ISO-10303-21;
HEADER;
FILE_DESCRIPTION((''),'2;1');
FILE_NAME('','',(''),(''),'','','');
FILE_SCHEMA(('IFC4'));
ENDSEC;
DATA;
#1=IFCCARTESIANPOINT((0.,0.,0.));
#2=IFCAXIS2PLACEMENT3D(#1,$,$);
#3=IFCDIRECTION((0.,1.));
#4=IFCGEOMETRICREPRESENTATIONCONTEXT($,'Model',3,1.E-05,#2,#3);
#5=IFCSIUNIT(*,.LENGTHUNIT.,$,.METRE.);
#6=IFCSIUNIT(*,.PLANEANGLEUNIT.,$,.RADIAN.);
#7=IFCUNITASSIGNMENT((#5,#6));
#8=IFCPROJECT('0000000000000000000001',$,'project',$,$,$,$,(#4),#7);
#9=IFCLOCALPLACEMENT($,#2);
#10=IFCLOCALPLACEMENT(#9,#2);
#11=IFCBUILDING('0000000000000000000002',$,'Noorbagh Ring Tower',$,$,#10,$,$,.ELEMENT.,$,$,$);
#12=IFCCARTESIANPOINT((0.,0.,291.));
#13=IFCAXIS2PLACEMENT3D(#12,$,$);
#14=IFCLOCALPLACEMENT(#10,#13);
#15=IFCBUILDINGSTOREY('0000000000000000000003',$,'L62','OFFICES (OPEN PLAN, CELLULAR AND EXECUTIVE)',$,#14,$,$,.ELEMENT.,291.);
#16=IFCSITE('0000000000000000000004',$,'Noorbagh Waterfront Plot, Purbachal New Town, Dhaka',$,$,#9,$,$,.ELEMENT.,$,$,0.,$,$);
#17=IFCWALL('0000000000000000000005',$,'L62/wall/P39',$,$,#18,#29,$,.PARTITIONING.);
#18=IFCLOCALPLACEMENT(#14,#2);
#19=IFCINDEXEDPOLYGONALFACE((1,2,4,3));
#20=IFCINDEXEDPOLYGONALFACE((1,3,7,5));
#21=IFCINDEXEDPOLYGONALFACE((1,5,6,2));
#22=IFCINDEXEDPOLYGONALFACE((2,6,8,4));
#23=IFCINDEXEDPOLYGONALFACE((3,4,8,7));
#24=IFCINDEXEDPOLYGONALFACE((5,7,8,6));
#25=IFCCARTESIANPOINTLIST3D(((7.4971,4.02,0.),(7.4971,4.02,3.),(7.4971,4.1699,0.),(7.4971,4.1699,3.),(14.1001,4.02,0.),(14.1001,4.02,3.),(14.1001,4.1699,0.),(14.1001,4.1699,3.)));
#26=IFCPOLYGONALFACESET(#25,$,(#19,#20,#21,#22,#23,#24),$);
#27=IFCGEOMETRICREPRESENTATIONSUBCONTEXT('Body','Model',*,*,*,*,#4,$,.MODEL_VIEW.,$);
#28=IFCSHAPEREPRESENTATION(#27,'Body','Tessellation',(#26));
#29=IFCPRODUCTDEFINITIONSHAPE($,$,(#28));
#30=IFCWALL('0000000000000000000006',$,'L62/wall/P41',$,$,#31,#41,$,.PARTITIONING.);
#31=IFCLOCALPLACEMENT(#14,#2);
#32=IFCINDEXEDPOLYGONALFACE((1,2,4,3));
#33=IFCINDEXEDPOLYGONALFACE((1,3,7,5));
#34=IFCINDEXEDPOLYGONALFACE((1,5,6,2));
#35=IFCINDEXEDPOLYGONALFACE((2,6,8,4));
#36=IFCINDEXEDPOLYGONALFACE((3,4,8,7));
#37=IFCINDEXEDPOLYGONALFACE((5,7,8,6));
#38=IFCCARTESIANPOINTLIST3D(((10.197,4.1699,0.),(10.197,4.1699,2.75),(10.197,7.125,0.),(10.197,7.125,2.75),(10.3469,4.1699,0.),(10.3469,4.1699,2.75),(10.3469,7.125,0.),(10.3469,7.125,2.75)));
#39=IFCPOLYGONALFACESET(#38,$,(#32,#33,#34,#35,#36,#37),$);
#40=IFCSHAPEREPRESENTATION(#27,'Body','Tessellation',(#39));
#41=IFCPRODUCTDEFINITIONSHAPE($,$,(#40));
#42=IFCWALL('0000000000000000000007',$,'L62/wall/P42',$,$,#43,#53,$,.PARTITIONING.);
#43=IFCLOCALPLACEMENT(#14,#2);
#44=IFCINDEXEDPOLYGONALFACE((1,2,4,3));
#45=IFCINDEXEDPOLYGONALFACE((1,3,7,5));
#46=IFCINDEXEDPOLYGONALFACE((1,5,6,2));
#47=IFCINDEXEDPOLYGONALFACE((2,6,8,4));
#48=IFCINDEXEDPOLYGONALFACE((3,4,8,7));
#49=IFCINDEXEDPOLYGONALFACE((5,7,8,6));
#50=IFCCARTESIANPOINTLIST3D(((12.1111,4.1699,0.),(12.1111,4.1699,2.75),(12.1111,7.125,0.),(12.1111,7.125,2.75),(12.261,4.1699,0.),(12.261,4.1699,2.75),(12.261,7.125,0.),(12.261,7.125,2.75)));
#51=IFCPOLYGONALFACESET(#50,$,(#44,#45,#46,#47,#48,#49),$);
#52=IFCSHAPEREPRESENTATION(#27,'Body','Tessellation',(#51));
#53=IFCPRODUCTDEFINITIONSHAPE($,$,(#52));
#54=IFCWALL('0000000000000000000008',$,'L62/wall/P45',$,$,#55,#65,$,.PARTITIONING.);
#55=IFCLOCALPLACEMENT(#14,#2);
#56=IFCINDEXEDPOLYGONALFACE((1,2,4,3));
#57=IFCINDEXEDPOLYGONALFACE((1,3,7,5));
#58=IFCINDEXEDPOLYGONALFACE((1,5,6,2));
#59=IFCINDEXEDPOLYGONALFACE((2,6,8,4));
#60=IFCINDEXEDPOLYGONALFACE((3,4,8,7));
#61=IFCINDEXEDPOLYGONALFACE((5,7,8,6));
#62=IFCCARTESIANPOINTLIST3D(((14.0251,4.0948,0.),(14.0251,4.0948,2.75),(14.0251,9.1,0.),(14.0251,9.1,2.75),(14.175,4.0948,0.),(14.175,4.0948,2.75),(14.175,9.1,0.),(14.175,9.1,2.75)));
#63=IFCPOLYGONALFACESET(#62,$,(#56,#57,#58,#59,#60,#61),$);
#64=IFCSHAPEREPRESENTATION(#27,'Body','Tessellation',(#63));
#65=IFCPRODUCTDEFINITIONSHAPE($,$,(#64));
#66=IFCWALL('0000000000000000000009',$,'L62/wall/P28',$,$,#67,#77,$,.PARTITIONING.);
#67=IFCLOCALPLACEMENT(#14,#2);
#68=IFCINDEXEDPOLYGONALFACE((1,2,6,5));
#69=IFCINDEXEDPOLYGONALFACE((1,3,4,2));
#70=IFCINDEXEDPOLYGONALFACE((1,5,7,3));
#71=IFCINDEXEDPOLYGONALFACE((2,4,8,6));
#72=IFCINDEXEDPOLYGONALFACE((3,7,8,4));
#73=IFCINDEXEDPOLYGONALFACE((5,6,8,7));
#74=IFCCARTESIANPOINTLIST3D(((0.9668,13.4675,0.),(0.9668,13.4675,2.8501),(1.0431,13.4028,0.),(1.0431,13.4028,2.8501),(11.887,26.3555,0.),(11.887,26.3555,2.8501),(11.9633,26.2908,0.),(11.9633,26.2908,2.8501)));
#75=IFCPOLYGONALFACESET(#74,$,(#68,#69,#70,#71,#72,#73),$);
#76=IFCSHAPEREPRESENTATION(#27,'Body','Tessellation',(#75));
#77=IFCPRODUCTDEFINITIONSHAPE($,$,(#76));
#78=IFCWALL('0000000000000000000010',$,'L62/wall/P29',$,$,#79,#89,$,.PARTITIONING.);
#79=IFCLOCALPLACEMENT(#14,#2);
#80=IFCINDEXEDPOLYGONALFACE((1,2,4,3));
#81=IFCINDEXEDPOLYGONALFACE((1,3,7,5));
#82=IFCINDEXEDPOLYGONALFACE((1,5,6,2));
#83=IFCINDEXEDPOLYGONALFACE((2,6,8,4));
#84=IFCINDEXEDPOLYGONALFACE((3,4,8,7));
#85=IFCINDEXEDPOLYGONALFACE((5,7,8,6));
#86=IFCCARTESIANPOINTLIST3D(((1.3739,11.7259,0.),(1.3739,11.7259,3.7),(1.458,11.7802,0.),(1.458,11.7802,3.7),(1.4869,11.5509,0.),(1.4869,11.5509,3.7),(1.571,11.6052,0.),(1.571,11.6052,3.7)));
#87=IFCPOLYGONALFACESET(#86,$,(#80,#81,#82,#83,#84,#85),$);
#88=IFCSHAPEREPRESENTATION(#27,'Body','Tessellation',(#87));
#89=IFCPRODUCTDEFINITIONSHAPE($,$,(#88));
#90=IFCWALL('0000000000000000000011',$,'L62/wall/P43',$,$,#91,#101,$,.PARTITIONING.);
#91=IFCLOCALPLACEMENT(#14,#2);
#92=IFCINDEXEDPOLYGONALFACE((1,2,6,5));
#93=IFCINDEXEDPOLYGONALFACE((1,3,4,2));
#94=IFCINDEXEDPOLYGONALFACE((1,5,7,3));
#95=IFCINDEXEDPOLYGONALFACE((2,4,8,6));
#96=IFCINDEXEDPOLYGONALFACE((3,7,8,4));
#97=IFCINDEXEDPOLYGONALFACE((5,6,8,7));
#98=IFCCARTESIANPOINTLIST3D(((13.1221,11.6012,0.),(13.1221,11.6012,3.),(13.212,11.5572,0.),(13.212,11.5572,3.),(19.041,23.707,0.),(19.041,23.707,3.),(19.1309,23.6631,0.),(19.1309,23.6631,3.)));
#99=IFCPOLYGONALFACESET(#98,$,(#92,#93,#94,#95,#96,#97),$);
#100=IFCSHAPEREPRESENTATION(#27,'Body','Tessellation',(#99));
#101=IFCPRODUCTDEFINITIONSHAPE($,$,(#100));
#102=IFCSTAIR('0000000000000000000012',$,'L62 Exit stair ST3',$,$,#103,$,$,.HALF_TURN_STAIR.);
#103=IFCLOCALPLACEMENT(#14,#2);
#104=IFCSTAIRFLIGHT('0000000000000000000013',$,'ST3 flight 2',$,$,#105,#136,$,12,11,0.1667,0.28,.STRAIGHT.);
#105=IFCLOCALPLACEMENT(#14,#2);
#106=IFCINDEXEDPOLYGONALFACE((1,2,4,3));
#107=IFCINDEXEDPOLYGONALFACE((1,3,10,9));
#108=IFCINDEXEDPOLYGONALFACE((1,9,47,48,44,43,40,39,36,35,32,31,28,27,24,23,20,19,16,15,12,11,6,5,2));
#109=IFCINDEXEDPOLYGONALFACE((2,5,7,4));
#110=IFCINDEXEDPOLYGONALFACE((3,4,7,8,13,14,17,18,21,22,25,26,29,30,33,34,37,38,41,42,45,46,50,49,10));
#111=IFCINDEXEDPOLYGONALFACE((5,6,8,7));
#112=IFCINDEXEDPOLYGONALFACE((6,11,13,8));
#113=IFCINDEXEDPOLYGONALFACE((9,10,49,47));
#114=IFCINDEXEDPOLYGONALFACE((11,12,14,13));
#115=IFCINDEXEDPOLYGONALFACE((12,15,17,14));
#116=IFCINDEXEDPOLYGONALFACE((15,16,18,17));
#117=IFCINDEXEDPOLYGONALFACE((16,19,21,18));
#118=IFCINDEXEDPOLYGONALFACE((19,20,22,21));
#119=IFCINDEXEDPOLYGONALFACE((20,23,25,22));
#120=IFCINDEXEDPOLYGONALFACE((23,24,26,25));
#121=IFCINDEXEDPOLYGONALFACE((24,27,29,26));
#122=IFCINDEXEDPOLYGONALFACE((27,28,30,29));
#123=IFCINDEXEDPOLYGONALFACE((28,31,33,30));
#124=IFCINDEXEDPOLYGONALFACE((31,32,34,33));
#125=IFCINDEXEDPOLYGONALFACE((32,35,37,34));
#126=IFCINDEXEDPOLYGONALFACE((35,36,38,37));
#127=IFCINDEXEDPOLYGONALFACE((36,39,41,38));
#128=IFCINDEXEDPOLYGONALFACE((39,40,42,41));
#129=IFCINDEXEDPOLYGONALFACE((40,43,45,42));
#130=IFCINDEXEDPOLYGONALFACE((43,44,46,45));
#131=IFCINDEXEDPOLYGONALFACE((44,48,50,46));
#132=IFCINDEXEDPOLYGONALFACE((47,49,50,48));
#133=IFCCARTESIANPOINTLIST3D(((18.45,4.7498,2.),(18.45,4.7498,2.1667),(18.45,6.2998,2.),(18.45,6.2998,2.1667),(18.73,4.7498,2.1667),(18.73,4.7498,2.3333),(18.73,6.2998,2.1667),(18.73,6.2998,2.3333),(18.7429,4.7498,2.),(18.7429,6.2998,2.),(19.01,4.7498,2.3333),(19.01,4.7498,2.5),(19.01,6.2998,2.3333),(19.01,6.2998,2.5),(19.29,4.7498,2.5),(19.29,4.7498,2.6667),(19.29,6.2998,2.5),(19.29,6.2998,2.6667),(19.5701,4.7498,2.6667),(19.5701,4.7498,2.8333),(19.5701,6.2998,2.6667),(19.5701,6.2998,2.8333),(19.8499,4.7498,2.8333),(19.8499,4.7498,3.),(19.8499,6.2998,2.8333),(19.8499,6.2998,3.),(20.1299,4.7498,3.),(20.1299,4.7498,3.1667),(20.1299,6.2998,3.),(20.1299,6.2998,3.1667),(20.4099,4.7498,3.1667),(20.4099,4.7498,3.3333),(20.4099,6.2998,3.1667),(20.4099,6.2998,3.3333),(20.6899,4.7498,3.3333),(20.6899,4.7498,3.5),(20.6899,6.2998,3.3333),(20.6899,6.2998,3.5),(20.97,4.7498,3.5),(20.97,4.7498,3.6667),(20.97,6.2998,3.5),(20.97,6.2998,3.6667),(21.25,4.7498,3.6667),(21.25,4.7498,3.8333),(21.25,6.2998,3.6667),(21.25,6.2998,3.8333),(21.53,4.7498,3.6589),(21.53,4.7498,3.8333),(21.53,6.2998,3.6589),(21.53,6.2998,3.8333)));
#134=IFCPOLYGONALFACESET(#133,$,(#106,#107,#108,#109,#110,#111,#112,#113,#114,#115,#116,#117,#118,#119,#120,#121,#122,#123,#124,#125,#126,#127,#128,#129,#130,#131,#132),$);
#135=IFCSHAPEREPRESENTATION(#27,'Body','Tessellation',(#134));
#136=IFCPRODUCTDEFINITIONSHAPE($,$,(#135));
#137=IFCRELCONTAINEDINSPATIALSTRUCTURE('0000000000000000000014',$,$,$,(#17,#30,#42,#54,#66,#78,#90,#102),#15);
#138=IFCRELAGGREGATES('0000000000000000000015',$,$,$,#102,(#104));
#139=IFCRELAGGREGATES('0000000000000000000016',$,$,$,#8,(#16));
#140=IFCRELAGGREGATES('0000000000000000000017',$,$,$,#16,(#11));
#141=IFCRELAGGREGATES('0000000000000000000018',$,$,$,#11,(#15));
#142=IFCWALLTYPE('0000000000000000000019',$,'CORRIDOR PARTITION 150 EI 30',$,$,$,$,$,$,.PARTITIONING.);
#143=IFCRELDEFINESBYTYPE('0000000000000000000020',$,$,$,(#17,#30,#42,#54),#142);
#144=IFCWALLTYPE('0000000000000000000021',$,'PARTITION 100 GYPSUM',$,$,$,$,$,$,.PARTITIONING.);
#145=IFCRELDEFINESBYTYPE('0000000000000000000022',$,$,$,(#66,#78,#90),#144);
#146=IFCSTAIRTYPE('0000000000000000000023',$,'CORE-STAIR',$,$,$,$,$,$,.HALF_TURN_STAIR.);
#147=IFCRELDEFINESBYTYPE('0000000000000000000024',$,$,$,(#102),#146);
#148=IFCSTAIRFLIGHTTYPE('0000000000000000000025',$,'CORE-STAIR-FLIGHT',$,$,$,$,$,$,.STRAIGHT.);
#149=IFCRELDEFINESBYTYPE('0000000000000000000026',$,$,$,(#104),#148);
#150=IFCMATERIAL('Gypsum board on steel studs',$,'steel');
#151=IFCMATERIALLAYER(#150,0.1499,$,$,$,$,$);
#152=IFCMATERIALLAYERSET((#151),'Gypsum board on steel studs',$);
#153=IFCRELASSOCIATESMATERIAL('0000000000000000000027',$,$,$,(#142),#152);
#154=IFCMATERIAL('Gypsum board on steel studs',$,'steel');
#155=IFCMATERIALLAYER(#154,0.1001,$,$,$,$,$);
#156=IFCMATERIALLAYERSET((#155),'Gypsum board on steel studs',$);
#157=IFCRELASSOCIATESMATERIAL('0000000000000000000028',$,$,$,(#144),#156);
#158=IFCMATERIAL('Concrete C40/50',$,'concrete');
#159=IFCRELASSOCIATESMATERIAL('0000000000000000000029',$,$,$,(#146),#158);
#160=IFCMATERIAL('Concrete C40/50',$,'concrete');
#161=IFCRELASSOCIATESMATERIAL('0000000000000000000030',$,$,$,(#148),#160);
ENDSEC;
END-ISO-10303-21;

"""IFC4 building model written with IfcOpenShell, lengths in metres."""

from ifc_helpers import new_model, si_unit, direction, frame, frame_2d, origin, place, context, subcontext, project, spatial, polyline, rectangle, outline, extrude, material, layer, layer_set, type_object, element, aggregate, save


model = new_model("IFC4")

# Units and contexts
model_context = context("Model", 3, precision=1e-05, world=origin(), true_north=direction((0.0, 1.0)))
body_context = subcontext(model_context, "Body", "Model", "MODEL_VIEW")
ifc_project = project(units=[si_unit("LENGTHUNIT", "METRE"), si_unit("PLANEANGLEUNIT", "RADIAN")], contexts=[model_context])

# Site, building, storey
site_placement = place(None, origin())
site = spatial("IfcSite", under=ifc_project, at=site_placement, Name="Noorbagh Waterfront Plot, Purbachal New Town, Dhaka", CompositionType="ELEMENT", RefElevation=0.0)
building_placement = place(site_placement, origin())
building = spatial("IfcBuilding", under=site, at=building_placement, Name="Noorbagh Ring Tower", CompositionType="ELEMENT")
storey_placement = place(building_placement, frame((0.0, 0.0, 291.0)))
storey = spatial("IfcBuildingStorey", under=building, at=storey_placement, Name="L62", Description="OFFICES (OPEN PLAN, CELLULAR AND EXECUTIVE)", CompositionType="ELEMENT", Elevation=291.0)

# Shared definitions
ifc_material_1 = material(Name="Gypsum board on steel studs", Category="steel")
ifc_layer_1 = layer(ifc_material_1, 0.1499)
ifc_layer_set_1 = layer_set([ifc_layer_1], Name="Gypsum board on steel studs")
wall_type_1 = type_object("IfcWallType", Name="CORRIDOR PARTITION 150 EI 30", PredefinedType="PARTITIONING", material=ifc_layer_set_1)

# Walls
wall_1_placement = place(storey_placement, frame((7.4971, 4.095, 0.0), z_axis=(0.0, 0.0, 1.0), x_axis=(1.0, 0.0, 0.0)))
element("IfcWall", 1, at=wall_1_placement, inside=storey, type_object=wall_type_1, Name="L62/wall/P39", PredefinedType="PARTITIONING", context=body_context, shape_type="SweptSolid", body=[
    extrude(rectangle(XDim=6.603, YDim=0.1499, at=frame_2d((3.3015, 0.0))), origin(), (0.0, 0.0, 1.0), 3.0),
])
for number, where, z_axis, x_axis, name in (
    (2, (10.272, 4.1699, 0.0), (0.0, 0.0, 1.0), (0.0, 1.0, 0.0), "L62/wall/P41"),
    (3, (12.186, 4.1699, 0.0), (0.0, 0.0, 1.0), (0.0, 1.0, 0.0), "L62/wall/P42"),
):
    element("IfcWall", number, at=place(storey_placement, frame(where, z_axis=z_axis, x_axis=x_axis)), inside=storey, type_object=wall_type_1, Name=name, PredefinedType="PARTITIONING", context=body_context, shape_type="SweptSolid", body=[
        extrude(rectangle(XDim=2.9551, YDim=0.1499, at=frame_2d((1.4775, 0.0))), origin(), (0.0, 0.0, 1.0), 2.75),
    ])
wall_2_placement = place(storey_placement, frame((14.1001, 4.095, 0.0), z_axis=(0.0, 0.0, 1.0), x_axis=(0.0, 1.0, 0.0)))
element("IfcWall", 4, at=wall_2_placement, inside=storey, type_object=wall_type_1, Name="L62/wall/P45", PredefinedType="PARTITIONING", context=body_context, shape_type="SweptSolid", body=[
    extrude(rectangle(XDim=5.0051, YDim=0.1499, at=frame_2d((2.5024, 0.0))), origin(), (0.0, 0.0, 1.0), 2.75),
])
ifc_material_2 = material(Name="Gypsum board on steel studs", Category="steel")
ifc_layer_2 = layer(ifc_material_2, 0.1001)
ifc_layer_set_2 = layer_set([ifc_layer_2], Name="Gypsum board on steel studs")
wall_type_2 = type_object("IfcWallType", Name="PARTITION 100 GYPSUM", PredefinedType="PARTITIONING", material=ifc_layer_set_2)
wall_3_placement = place(storey_placement, frame((1.0049, 13.4351, 0.0), z_axis=(0.0, 0.0, 1.0), x_axis=(0.646459, 0.762949, 0.0)))
element("IfcWall", 5, at=wall_3_placement, inside=storey, type_object=wall_type_2, Name="L62/wall/P28", PredefinedType="PARTITIONING", context=body_context, shape_type="SweptSolid", body=[
    extrude(rectangle(XDim=16.8923, YDim=0.1001, at=frame_2d((8.4463, 0.0))), origin(), (0.0, 0.0, 1.0), 2.8501),
])
wall_4_placement = place(storey_placement, frame((1.416, 11.7529, 0.0), z_axis=(0.0, 0.0, 1.0), x_axis=(0.542474, -0.840073, 0.0)))
element("IfcWall", 6, at=wall_4_placement, inside=storey, type_object=wall_type_2, Name="L62/wall/P29", PredefinedType="PARTITIONING", context=body_context, shape_type="SweptSolid", body=[
    extrude(rectangle(XDim=0.2083, YDim=0.1001, at=frame_2d((0.104, 0.0))), origin(), (0.0, 0.0, 1.0), 3.7),
])
wall_5_placement = place(storey_placement, frame((13.167, 11.5791, 0.0), z_axis=(0.0, 0.0, 1.0), x_axis=(0.439239, 0.89837, 0.0)))
element("IfcWall", 7, at=wall_5_placement, inside=storey, type_object=wall_type_2, Name="L62/wall/P43", PredefinedType="PARTITIONING", context=body_context, shape_type="SweptSolid", body=[
    extrude(rectangle(XDim=13.4753, YDim=0.1001, at=frame_2d((6.7378, 0.0))), origin(), (0.0, 0.0, 1.0), 3.0),
])

# Stair, stair flight
ifc_material_3 = material(Name="Concrete C40/50", Category="concrete")
stair_type = type_object("IfcStairType", Name="CORE-STAIR", PredefinedType="HALF_TURN_STAIR", material=ifc_material_3)
stair_placement = place(storey_placement, origin())
stair = element("IfcStair", 8, at=stair_placement, inside=storey, type_object=stair_type, Name="L62 Exit stair ST3", PredefinedType="HALF_TURN_STAIR")
ifc_material_4 = material(Name="Concrete C40/50", Category="concrete")
stair_flight_type = type_object("IfcStairFlightType", Name="CORE-STAIR-FLIGHT", PredefinedType="STRAIGHT", material=ifc_material_4)
stair_flight_placement = place(storey_placement, frame((18.45, 5.5249, 2.0), z_axis=(0.0, 0.0, 1.0), x_axis=(1.0, 0.0, 0.0)))
stair_flight = element("IfcStairFlight", 9, at=stair_flight_placement, type_object=stair_flight_type, Name="ST3 flight 2", NumberOfRisers=12, NumberOfTreads=11, PredefinedType="STRAIGHT", RiserHeight=0.1667, TreadLength=0.28, context=body_context, shape_type="SweptSolid", body=[
    extrude(outline(polyline([(0.0, 0.0), (0.0, 0.1667), (0.28, 0.1667), (0.28, 0.3333), (0.5601, 0.3333), (0.5601, 0.5), (0.8401, 0.5), (0.8401, 0.6667), (1.1201, 0.6667), (1.1201, 0.8333), (1.3999, 0.8333), (1.3999, 1.0), (1.6799, 1.0), (1.6799, 1.1667), (1.96, 1.1667), (1.96, 1.3333), (2.24, 1.3333), (2.24, 1.5), (2.52, 1.5), (2.52, 1.6667), (2.8, 1.6667), (2.8, 1.8333), (3.0801, 1.8333), (3.0801, 2.0), (3.0801, 1.6589), (0.293, 0.0), (0.0, 0.0)])), frame((0.0, 0.7749, 0.0), z_axis=(0.0, -1.0, 0.0), x_axis=(1.0, 0.0, 0.0)), (0.0, 0.0, 1.0), 1.55),
])
aggregate(stair, [stair_flight])

save(model, "model.ifc")
